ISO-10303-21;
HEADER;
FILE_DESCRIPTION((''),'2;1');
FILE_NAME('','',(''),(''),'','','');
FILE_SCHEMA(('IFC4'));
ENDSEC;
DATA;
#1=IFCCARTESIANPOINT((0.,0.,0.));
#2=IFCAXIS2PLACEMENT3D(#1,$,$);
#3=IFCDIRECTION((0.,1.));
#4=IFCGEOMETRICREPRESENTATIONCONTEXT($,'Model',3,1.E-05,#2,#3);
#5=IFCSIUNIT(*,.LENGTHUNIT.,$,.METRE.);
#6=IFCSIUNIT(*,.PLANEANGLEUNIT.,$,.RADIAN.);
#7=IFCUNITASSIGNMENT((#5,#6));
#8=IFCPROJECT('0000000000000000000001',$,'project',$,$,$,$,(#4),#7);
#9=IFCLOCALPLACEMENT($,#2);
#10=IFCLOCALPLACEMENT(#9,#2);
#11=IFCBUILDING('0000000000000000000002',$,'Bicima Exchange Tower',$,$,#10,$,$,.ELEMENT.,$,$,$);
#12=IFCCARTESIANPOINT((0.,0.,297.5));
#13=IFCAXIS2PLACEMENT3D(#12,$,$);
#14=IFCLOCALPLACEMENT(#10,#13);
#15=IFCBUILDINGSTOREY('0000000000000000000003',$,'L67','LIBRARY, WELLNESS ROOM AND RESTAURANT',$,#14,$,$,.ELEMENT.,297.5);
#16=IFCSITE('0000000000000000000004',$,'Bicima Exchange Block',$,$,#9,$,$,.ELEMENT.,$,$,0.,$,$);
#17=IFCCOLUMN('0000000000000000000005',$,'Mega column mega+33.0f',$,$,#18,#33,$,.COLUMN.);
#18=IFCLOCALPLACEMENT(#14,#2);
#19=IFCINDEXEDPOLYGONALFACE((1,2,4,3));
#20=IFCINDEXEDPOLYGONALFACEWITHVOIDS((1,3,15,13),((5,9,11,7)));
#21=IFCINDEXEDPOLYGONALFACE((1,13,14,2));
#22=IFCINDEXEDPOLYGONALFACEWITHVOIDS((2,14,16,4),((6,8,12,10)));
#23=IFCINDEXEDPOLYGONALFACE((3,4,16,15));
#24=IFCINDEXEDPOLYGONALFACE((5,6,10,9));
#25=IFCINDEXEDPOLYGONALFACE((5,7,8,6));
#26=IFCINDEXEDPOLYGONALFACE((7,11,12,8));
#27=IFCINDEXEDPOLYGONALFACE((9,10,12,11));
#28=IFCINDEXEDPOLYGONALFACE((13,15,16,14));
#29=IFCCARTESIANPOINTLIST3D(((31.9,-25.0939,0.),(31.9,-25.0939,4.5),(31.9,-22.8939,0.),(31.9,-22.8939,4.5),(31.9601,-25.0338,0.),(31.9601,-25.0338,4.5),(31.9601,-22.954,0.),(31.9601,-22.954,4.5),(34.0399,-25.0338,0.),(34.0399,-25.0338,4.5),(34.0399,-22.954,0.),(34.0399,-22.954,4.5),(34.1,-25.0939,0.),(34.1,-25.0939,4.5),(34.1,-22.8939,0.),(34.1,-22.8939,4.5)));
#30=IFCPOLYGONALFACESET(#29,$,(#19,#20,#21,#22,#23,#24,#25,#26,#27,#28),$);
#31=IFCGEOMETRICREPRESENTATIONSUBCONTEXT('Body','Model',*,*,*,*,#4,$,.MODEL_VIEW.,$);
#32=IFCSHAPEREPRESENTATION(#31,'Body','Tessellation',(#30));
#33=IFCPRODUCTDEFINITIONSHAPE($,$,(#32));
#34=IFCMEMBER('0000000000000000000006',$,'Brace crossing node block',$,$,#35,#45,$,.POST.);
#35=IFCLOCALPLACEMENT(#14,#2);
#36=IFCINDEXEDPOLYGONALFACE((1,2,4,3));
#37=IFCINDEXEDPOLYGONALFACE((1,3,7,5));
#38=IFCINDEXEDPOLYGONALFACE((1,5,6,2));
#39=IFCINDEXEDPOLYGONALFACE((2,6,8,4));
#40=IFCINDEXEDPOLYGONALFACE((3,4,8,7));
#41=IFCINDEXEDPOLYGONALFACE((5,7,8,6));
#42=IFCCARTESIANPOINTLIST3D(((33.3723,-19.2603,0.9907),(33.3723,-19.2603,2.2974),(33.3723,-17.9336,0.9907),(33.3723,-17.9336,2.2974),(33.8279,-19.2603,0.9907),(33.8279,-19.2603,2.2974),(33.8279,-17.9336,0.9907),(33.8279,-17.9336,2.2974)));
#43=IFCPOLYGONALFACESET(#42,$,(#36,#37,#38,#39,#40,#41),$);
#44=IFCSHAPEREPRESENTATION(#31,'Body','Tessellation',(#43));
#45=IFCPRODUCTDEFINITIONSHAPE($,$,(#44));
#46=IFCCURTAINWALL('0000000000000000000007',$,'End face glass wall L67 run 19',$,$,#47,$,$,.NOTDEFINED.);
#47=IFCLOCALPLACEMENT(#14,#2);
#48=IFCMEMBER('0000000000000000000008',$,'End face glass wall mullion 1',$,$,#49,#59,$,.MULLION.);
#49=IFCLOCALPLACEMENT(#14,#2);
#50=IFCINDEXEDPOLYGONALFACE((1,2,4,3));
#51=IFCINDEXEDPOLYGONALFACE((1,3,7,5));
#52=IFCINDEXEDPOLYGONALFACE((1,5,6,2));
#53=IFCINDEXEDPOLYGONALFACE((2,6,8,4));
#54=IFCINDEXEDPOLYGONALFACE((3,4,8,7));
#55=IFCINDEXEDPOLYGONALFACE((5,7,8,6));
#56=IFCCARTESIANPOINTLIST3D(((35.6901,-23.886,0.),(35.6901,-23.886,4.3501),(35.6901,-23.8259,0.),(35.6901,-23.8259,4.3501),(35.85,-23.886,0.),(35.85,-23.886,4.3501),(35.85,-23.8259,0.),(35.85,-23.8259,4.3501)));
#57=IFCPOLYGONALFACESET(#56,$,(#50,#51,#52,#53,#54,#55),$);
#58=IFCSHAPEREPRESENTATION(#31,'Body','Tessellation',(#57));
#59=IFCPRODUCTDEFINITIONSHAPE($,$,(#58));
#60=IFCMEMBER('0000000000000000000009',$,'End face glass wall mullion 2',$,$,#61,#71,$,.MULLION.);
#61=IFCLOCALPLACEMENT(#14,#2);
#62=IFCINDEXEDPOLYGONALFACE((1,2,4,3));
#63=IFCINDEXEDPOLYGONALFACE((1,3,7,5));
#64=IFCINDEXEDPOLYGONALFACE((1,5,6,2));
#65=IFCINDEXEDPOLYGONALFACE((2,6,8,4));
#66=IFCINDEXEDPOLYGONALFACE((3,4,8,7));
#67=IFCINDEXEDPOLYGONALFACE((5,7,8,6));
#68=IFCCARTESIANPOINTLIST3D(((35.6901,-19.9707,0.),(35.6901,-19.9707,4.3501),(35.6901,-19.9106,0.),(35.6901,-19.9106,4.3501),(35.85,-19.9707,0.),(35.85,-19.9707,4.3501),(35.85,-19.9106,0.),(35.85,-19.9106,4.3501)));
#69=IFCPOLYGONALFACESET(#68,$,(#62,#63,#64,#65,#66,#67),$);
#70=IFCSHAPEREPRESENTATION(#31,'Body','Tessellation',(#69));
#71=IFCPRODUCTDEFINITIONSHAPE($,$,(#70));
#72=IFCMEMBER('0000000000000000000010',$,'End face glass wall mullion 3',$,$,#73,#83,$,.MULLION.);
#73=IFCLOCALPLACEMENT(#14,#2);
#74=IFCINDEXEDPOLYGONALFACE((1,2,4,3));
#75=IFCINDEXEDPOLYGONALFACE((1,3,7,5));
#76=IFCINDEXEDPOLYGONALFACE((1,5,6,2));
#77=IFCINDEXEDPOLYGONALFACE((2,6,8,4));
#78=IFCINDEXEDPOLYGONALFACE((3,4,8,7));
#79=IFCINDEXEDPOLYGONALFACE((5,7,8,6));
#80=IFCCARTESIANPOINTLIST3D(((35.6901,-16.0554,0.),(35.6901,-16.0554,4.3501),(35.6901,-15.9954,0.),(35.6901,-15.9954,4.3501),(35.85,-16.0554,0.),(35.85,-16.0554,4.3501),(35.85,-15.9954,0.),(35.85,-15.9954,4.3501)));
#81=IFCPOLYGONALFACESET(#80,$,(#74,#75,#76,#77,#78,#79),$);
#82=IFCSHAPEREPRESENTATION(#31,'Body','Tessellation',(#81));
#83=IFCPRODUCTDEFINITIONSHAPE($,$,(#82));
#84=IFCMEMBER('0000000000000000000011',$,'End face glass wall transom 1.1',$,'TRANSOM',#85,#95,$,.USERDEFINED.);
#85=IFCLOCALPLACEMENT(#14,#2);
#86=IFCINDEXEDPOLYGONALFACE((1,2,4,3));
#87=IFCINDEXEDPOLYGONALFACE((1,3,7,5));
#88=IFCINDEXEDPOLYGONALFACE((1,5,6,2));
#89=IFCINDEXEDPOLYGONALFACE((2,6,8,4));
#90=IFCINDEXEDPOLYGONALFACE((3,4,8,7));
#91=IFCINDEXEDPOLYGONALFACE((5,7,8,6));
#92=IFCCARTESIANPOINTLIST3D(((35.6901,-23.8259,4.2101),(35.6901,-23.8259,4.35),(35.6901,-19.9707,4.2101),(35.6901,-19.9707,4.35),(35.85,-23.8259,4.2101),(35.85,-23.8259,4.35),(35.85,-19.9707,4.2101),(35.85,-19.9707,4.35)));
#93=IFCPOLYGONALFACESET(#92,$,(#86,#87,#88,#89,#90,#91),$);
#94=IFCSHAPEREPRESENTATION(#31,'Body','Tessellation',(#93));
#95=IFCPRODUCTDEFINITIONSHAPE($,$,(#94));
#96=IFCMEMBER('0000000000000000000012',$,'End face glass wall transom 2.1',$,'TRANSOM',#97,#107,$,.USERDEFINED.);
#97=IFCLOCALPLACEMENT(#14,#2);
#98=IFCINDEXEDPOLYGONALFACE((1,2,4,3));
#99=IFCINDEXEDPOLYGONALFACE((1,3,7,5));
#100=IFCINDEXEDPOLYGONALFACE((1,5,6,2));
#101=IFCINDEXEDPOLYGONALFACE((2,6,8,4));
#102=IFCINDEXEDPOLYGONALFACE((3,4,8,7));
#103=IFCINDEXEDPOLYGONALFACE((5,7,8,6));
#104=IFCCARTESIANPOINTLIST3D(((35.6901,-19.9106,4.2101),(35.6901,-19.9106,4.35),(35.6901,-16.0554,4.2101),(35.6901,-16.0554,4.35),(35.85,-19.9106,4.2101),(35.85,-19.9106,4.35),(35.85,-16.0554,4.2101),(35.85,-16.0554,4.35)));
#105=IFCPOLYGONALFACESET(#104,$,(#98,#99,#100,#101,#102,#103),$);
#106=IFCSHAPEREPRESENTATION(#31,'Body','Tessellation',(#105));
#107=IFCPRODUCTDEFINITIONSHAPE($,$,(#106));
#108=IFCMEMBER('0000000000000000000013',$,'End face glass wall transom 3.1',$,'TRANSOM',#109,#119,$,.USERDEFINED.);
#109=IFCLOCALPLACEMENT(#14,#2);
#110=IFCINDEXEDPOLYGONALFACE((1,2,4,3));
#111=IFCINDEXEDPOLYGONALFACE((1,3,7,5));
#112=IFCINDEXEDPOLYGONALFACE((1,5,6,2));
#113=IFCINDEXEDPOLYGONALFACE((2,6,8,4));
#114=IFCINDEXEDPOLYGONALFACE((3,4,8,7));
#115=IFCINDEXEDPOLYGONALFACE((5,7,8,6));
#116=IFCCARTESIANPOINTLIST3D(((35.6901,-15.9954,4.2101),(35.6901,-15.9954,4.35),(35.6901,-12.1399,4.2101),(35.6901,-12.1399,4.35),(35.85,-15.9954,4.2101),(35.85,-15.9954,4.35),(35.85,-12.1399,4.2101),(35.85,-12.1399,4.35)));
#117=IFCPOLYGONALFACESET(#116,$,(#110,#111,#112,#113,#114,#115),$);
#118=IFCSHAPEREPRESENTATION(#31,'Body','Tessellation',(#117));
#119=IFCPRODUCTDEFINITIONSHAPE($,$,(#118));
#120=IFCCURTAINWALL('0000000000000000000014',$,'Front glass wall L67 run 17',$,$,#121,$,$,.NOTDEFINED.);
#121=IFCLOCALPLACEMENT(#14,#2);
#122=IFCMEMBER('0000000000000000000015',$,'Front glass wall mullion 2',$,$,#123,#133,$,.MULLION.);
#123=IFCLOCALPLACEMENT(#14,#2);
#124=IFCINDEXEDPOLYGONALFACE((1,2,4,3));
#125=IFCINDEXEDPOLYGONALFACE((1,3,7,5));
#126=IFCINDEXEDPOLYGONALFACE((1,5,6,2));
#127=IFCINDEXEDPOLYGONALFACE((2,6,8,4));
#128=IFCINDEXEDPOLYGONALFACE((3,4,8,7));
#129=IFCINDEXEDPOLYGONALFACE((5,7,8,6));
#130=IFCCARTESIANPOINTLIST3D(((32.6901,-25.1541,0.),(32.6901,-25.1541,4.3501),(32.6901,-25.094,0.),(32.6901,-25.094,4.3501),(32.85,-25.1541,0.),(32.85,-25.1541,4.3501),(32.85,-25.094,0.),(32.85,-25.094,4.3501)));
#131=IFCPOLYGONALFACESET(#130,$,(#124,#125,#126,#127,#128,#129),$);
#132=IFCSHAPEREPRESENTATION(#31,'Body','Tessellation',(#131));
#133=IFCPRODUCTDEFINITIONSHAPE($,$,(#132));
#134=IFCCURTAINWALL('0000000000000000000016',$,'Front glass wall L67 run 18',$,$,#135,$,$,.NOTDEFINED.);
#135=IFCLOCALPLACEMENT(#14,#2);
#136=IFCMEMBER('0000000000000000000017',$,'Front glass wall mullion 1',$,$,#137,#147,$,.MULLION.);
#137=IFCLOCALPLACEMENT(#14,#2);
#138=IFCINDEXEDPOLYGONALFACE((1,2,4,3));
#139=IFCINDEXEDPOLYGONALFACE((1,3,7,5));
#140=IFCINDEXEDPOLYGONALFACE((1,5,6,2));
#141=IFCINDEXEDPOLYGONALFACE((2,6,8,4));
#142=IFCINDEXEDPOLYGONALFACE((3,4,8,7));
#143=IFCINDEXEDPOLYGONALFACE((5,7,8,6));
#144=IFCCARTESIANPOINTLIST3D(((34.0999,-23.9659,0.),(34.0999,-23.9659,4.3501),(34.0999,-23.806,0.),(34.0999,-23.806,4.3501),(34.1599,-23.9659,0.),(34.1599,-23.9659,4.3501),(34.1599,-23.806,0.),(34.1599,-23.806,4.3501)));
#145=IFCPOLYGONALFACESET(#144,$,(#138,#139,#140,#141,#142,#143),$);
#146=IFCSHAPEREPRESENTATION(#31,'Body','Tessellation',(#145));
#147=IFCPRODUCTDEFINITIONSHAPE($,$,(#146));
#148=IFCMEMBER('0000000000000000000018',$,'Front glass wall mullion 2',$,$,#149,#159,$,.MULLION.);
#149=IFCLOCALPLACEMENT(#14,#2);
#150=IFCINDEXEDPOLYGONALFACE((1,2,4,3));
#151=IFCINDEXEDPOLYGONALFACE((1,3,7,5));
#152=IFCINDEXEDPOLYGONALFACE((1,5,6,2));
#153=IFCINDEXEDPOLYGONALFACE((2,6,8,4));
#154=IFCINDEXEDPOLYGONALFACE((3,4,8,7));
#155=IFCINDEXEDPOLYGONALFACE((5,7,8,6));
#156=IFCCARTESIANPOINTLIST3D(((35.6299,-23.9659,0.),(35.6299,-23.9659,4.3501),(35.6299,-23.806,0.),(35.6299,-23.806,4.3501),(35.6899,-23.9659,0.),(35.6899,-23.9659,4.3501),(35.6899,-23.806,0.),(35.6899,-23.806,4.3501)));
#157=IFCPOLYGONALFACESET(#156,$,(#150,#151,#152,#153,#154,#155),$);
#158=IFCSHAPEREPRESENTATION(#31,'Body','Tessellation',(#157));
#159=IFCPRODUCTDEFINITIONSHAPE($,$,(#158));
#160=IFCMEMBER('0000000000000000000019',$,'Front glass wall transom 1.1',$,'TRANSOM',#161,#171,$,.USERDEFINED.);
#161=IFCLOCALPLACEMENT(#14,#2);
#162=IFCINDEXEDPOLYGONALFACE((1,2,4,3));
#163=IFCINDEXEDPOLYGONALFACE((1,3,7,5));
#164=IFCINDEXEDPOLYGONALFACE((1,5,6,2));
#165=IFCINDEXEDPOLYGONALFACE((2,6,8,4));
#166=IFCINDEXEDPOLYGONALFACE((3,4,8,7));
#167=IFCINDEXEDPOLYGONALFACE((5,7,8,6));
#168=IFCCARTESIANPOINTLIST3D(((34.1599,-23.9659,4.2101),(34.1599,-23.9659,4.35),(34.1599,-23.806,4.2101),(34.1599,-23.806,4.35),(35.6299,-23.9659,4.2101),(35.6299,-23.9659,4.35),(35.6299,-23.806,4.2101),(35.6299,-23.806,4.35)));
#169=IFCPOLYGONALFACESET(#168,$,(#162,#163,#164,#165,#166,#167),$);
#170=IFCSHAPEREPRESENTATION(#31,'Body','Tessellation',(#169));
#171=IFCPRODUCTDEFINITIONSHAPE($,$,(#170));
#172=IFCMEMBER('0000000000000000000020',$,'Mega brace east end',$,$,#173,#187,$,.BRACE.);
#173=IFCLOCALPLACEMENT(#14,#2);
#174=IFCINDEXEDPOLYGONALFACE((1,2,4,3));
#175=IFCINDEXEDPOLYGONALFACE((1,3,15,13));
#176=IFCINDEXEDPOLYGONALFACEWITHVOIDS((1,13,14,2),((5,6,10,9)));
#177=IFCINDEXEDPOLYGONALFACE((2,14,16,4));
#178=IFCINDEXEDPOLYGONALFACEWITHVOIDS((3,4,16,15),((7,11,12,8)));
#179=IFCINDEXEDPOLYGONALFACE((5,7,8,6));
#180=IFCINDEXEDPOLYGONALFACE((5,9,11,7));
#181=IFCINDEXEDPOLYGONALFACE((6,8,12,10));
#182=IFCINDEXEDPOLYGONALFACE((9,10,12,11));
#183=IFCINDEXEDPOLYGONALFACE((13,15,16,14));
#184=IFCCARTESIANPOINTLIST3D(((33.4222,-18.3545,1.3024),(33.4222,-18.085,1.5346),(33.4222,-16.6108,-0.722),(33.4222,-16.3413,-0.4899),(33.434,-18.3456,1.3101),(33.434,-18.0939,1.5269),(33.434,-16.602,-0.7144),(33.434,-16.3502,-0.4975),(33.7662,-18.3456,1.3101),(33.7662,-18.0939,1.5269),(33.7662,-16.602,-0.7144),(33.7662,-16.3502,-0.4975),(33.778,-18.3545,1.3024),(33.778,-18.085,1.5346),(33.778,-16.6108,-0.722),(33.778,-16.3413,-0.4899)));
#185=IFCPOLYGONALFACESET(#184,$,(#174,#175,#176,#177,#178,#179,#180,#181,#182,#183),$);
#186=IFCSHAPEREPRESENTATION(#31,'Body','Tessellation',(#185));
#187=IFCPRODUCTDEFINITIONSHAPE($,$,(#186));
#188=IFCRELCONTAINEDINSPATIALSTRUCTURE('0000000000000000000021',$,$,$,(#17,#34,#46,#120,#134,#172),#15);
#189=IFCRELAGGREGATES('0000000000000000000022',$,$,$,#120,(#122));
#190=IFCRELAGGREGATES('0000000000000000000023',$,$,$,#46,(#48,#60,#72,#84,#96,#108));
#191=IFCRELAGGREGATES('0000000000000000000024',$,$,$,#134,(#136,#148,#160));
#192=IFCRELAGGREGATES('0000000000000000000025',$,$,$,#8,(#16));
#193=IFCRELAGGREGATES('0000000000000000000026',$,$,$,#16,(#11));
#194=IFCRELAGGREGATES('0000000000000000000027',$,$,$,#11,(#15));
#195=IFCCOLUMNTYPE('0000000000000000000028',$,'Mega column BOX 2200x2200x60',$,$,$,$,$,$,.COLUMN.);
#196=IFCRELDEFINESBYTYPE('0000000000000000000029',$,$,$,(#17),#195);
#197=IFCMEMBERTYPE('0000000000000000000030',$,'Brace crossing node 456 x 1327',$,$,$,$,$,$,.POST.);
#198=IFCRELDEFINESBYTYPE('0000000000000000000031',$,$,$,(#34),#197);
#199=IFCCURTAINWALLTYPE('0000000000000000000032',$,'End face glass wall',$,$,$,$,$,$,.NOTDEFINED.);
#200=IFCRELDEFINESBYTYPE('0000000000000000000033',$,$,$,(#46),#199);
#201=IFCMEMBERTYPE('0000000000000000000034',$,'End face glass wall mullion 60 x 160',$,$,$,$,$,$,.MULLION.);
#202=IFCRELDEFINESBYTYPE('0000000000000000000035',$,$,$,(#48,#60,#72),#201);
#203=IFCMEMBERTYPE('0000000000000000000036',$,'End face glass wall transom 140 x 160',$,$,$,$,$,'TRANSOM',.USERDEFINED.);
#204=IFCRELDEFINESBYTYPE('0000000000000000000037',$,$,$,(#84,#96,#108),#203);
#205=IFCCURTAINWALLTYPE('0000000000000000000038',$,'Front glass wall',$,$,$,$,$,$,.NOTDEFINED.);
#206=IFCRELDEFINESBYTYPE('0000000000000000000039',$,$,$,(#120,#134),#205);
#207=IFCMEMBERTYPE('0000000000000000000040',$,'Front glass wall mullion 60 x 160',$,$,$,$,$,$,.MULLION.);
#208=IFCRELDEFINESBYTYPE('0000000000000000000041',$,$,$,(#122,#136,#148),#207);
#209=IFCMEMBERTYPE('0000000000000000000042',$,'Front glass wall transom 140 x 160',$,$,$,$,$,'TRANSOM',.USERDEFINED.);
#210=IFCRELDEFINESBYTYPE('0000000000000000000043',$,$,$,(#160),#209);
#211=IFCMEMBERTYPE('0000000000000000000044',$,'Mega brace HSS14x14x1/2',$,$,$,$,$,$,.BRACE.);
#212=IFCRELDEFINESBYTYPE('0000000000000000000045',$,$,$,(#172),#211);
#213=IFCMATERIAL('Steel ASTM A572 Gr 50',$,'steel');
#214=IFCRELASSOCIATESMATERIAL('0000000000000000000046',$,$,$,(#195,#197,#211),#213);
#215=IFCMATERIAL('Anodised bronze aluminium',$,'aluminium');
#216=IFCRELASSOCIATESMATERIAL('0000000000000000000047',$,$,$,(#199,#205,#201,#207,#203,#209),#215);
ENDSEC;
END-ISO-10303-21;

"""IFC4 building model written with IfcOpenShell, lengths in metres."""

from ifc_helpers import new_model, si_unit, direction, frame, origin, origin_2d, place, context, subcontext, project, spatial, rectangle, hollow_rectangle, extrude, material, material_profile, profile_set, type_object, element, aggregate, save


model = new_model("IFC4")

# Units and contexts
model_context = context("Model", 3, precision=1e-05, world=origin(), true_north=direction((0.0, 1.0)))
body_context = subcontext(model_context, "Body", "Model", "MODEL_VIEW")
ifc_project = project(units=[si_unit("LENGTHUNIT", "METRE"), si_unit("PLANEANGLEUNIT", "RADIAN")], contexts=[model_context])

# Site, building, storey
site_placement = place(None, origin())
site = spatial("IfcSite", under=ifc_project, at=site_placement, Name="Bicima Exchange Block", CompositionType="ELEMENT", RefElevation=0.0)
building_placement = place(site_placement, origin())
building = spatial("IfcBuilding", under=site, at=building_placement, Name="Bicima Exchange Tower", CompositionType="ELEMENT")
storey_placement = place(building_placement, frame((0.0, 0.0, 297.5)))
storey = spatial("IfcBuildingStorey", under=building, at=storey_placement, Name="L67", Description="LIBRARY, WELLNESS ROOM AND RESTAURANT", CompositionType="ELEMENT", Elevation=297.5)

# Column
ifc_material_1 = material(Name="Steel ASTM A572 Gr 50", Category="steel")
ifc_material_profile_1 = material_profile(ifc_material_1, hollow_rectangle(XDim=2.2, YDim=2.2, WallThickness=0.0601, at=origin_2d()))
ifc_profile_set_1 = profile_set([ifc_material_profile_1], Name="Steel ASTM A572 Gr 50")
column_type = type_object("IfcColumnType", Name="Mega column BOX 2200x2200x60", PredefinedType="COLUMN", material=ifc_profile_set_1)
column_placement = place(storey_placement, frame((33.0, -23.9939, 0.0), z_axis=(0.0, 0.0, 1.0), x_axis=(1.0, 0.0, 0.0)))
element("IfcColumn", 1, at=column_placement, inside=storey, type_object=column_type, Name="Mega column mega+33.0f", PredefinedType="COLUMN", context=body_context, shape_type="SweptSolid", body=[
    extrude(hollow_rectangle(XDim=2.2, YDim=2.2, WallThickness=0.0601, at=origin_2d()), origin(), (0.0, 0.0, 1.0), 4.5),
])

# Member
ifc_material_profile_2 = material_profile(ifc_material_1, rectangle(XDim=0.4556, YDim=1.3267, at=origin_2d()))
ifc_profile_set_2 = profile_set([ifc_material_profile_2], Name="Steel ASTM A572 Gr 50")
member_type_1 = type_object("IfcMemberType", Name="Brace crossing node 456 x 1327", PredefinedType="POST", material=ifc_profile_set_2)
member_1_placement = place(storey_placement, frame((33.6001, -18.5969, 0.9907), z_axis=(0.0, 0.0, 1.0), x_axis=(1.0, 0.0, 0.0)))
element("IfcMember", 2, at=member_1_placement, inside=storey, type_object=member_type_1, Name="Brace crossing node block", PredefinedType="POST", context=body_context, shape_type="SweptSolid", body=[
    extrude(rectangle(XDim=0.4556, YDim=1.3267, at=origin_2d()), origin(), (0.0, 0.0, 1.0), 1.3066),
])

# Curtain wall, members
ifc_material_2 = material(Name="Anodised bronze aluminium", Category="aluminium")
curtain_wall_type_1 = type_object("IfcCurtainWallType", Name="End face glass wall", PredefinedType="NOTDEFINED", material=ifc_material_2)
curtain_wall_1_placement = place(storey_placement, origin())
curtain_wall_1 = element("IfcCurtainWall", 3, at=curtain_wall_1_placement, inside=storey, type_object=curtain_wall_type_1, Name="End face glass wall L67 run 19", PredefinedType="NOTDEFINED")
ifc_material_profile_3 = material_profile(ifc_material_2, rectangle(XDim=0.1599, YDim=0.0601, at=origin_2d()))
ifc_profile_set_3 = profile_set([ifc_material_profile_3], Name="Anodised bronze aluminium")
member_type_2 = type_object("IfcMemberType", Name="End face glass wall mullion 60 x 160", PredefinedType="MULLION", material=ifc_profile_set_3)
member_2_placement = place(storey_placement, frame((35.77, -23.856, 0.0), z_axis=(0.0, 0.0, 1.0), x_axis=(-1.0, 0.0, 0.0)))
member_2 = element("IfcMember", 4, at=member_2_placement, type_object=member_type_2, Name="End face glass wall mullion 1", PredefinedType="MULLION", context=body_context, shape_type="SweptSolid", body=[
    extrude(rectangle(XDim=0.1599, YDim=0.0601, at=origin_2d()), origin(), (0.0, 0.0, 1.0), 4.3501),
])
member_3_placement = place(storey_placement, frame((35.77, -19.9407, 0.0), z_axis=(0.0, 0.0, 1.0), x_axis=(-1.0, 0.0, 0.0)))
member_3 = element("IfcMember", 5, at=member_3_placement, type_object=member_type_2, Name="End face glass wall mullion 2", PredefinedType="MULLION", context=body_context, shape_type="SweptSolid", body=[
    extrude(rectangle(XDim=0.1599, YDim=0.0601, at=origin_2d()), origin(), (0.0, 0.0, 1.0), 4.3501),
])
member_4_placement = place(storey_placement, frame((35.77, -16.0254, 0.0), z_axis=(0.0, 0.0, 1.0), x_axis=(-1.0, 0.0, 0.0)))
member_4 = element("IfcMember", 6, at=member_4_placement, type_object=member_type_2, Name="End face glass wall mullion 3", PredefinedType="MULLION", context=body_context, shape_type="SweptSolid", body=[
    extrude(rectangle(XDim=0.1599, YDim=0.0601, at=origin_2d()), origin(), (0.0, 0.0, 1.0), 4.3501),
])
ifc_material_profile_4 = material_profile(ifc_material_2, rectangle(XDim=0.1599, YDim=0.1399, at=origin_2d()))
ifc_profile_set_4 = profile_set([ifc_material_profile_4], Name="Anodised bronze aluminium")
member_type_3 = type_object("IfcMemberType", Name="End face glass wall transom 140 x 160", ElementType="TRANSOM", PredefinedType="USERDEFINED", material=ifc_profile_set_4)
member_5_placement = place(storey_placement, frame((35.77, -23.8259, 4.28), z_axis=(0.0, 1.0, 0.0), x_axis=(-1.0, 0.0, 0.0)))
member_5 = element("IfcMember", 7, at=member_5_placement, type_object=member_type_3, Name="End face glass wall transom 1.1", ObjectType="TRANSOM", PredefinedType="USERDEFINED", context=body_context, shape_type="SweptSolid", body=[
    extrude(rectangle(XDim=0.1599, YDim=0.1399, at=origin_2d()), origin(), (0.0, 0.0, 1.0), 3.8552),
])
member_6_placement = place(storey_placement, frame((35.77, -19.9106, 4.28), z_axis=(0.0, 1.0, 0.0), x_axis=(-1.0, 0.0, 0.0)))
member_6 = element("IfcMember", 8, at=member_6_placement, type_object=member_type_3, Name="End face glass wall transom 2.1", ObjectType="TRANSOM", PredefinedType="USERDEFINED", context=body_context, shape_type="SweptSolid", body=[
    extrude(rectangle(XDim=0.1599, YDim=0.1399, at=origin_2d()), origin(), (0.0, 0.0, 1.0), 3.8552),
])
member_7_placement = place(storey_placement, frame((35.77, -15.9954, 4.28), z_axis=(0.0, 1.0, 0.0), x_axis=(-1.0, 0.0, 0.0)))
member_7 = element("IfcMember", 9, at=member_7_placement, type_object=member_type_3, Name="End face glass wall transom 3.1", ObjectType="TRANSOM", PredefinedType="USERDEFINED", context=body_context, shape_type="SweptSolid", body=[
    extrude(rectangle(XDim=0.1599, YDim=0.1399, at=origin_2d()), origin(), (0.0, 0.0, 1.0), 3.8555),
])

# Curtain wall, member
curtain_wall_type_2 = type_object("IfcCurtainWallType", Name="Front glass wall", PredefinedType="NOTDEFINED", material=ifc_material_2)
curtain_wall_2_placement = place(storey_placement, origin())
curtain_wall_2 = element("IfcCurtainWall", 10, at=curtain_wall_2_placement, inside=storey, type_object=curtain_wall_type_2, Name="Front glass wall L67 run 17", PredefinedType="NOTDEFINED")
member_type_4 = type_object("IfcMemberType", Name="Front glass wall mullion 60 x 160", PredefinedType="MULLION", material=ifc_profile_set_3)
member_8_placement = place(storey_placement, frame((32.77, -25.124, 0.0), z_axis=(0.0, 0.0, 1.0), x_axis=(-1.0, 0.0, 0.0)))
member_8 = element("IfcMember", 11, at=member_8_placement, type_object=member_type_4, Name="Front glass wall mullion 2", PredefinedType="MULLION", context=body_context, shape_type="SweptSolid", body=[
    extrude(rectangle(XDim=0.1599, YDim=0.0601, at=origin_2d()), origin(), (0.0, 0.0, 1.0), 4.3501),
])
aggregate(curtain_wall_2, [member_8])

# Curtain wall, members
curtain_wall_3_placement = place(storey_placement, origin())
curtain_wall_3 = element("IfcCurtainWall", 12, at=curtain_wall_3_placement, inside=storey, type_object=curtain_wall_type_2, Name="Front glass wall L67 run 18", PredefinedType="NOTDEFINED")
member_9_placement = place(storey_placement, frame((34.1299, -23.886, 0.0), z_axis=(0.0, 0.0, 1.0), x_axis=(0.0, 1.0, 0.0)))
member_9 = element("IfcMember", 13, at=member_9_placement, type_object=member_type_4, Name="Front glass wall mullion 1", PredefinedType="MULLION", context=body_context, shape_type="SweptSolid", body=[
    extrude(rectangle(XDim=0.1599, YDim=0.0601, at=origin_2d()), origin(), (0.0, 0.0, 1.0), 4.3501),
])
member_10_placement = place(storey_placement, frame((35.6599, -23.886, 0.0), z_axis=(0.0, 0.0, 1.0), x_axis=(0.0, 1.0, 0.0)))
member_10 = element("IfcMember", 14, at=member_10_placement, type_object=member_type_4, Name="Front glass wall mullion 2", PredefinedType="MULLION", context=body_context, shape_type="SweptSolid", body=[
    extrude(rectangle(XDim=0.1599, YDim=0.0601, at=origin_2d()), origin(), (0.0, 0.0, 1.0), 4.3501),
])
member_type_5 = type_object("IfcMemberType", Name="Front glass wall transom 140 x 160", ElementType="TRANSOM", PredefinedType="USERDEFINED", material=ifc_profile_set_4)
member_11_placement = place(storey_placement, frame((34.1599, -23.886, 4.28), z_axis=(1.0, 0.0, 0.0), x_axis=(0.0, 1.0, 0.0)))
member_11 = element("IfcMember", 15, at=member_11_placement, type_object=member_type_5, Name="Front glass wall transom 1.1", ObjectType="TRANSOM", PredefinedType="USERDEFINED", context=body_context, shape_type="SweptSolid", body=[
    extrude(rectangle(XDim=0.1599, YDim=0.1399, at=origin_2d()), origin(), (0.0, 0.0, 1.0), 1.47),
])

# Member
ifc_material_profile_5 = material_profile(ifc_material_1, hollow_rectangle(XDim=0.3557, YDim=0.3557, WallThickness=0.0117, at=origin_2d()))
ifc_profile_set_5 = profile_set([ifc_material_profile_5], Name="Steel ASTM A572 Gr 50")
member_type_6 = type_object("IfcMemberType", Name="Mega brace HSS14x14x1/2", PredefinedType="BRACE", material=ifc_profile_set_5)
for number, where, z_axis, x_axis, name in (
    (16, (33.6001, -16.4761, -0.606), (0.0, -0.652611, 0.757693), (1.0, 0.0, 0.0), "Mega brace east end"),
):
    element("IfcMember", number, at=place(storey_placement, frame(where, z_axis=z_axis, x_axis=x_axis)), inside=storey, type_object=member_type_6, Name=name, PredefinedType="BRACE", context=body_context, shape_type="SweptSolid", body=[
        extrude(hollow_rectangle(XDim=0.3557, YDim=0.3557, WallThickness=0.0117, at=origin_2d()), origin(), (0.0, 0.0, 1.0), 2.6719),
    ])

aggregate(curtain_wall_1, [member_2, member_3, member_4, member_5, member_6, member_7])
aggregate(curtain_wall_3, [member_9, member_10, member_11])

save(model, "model.ifc")
